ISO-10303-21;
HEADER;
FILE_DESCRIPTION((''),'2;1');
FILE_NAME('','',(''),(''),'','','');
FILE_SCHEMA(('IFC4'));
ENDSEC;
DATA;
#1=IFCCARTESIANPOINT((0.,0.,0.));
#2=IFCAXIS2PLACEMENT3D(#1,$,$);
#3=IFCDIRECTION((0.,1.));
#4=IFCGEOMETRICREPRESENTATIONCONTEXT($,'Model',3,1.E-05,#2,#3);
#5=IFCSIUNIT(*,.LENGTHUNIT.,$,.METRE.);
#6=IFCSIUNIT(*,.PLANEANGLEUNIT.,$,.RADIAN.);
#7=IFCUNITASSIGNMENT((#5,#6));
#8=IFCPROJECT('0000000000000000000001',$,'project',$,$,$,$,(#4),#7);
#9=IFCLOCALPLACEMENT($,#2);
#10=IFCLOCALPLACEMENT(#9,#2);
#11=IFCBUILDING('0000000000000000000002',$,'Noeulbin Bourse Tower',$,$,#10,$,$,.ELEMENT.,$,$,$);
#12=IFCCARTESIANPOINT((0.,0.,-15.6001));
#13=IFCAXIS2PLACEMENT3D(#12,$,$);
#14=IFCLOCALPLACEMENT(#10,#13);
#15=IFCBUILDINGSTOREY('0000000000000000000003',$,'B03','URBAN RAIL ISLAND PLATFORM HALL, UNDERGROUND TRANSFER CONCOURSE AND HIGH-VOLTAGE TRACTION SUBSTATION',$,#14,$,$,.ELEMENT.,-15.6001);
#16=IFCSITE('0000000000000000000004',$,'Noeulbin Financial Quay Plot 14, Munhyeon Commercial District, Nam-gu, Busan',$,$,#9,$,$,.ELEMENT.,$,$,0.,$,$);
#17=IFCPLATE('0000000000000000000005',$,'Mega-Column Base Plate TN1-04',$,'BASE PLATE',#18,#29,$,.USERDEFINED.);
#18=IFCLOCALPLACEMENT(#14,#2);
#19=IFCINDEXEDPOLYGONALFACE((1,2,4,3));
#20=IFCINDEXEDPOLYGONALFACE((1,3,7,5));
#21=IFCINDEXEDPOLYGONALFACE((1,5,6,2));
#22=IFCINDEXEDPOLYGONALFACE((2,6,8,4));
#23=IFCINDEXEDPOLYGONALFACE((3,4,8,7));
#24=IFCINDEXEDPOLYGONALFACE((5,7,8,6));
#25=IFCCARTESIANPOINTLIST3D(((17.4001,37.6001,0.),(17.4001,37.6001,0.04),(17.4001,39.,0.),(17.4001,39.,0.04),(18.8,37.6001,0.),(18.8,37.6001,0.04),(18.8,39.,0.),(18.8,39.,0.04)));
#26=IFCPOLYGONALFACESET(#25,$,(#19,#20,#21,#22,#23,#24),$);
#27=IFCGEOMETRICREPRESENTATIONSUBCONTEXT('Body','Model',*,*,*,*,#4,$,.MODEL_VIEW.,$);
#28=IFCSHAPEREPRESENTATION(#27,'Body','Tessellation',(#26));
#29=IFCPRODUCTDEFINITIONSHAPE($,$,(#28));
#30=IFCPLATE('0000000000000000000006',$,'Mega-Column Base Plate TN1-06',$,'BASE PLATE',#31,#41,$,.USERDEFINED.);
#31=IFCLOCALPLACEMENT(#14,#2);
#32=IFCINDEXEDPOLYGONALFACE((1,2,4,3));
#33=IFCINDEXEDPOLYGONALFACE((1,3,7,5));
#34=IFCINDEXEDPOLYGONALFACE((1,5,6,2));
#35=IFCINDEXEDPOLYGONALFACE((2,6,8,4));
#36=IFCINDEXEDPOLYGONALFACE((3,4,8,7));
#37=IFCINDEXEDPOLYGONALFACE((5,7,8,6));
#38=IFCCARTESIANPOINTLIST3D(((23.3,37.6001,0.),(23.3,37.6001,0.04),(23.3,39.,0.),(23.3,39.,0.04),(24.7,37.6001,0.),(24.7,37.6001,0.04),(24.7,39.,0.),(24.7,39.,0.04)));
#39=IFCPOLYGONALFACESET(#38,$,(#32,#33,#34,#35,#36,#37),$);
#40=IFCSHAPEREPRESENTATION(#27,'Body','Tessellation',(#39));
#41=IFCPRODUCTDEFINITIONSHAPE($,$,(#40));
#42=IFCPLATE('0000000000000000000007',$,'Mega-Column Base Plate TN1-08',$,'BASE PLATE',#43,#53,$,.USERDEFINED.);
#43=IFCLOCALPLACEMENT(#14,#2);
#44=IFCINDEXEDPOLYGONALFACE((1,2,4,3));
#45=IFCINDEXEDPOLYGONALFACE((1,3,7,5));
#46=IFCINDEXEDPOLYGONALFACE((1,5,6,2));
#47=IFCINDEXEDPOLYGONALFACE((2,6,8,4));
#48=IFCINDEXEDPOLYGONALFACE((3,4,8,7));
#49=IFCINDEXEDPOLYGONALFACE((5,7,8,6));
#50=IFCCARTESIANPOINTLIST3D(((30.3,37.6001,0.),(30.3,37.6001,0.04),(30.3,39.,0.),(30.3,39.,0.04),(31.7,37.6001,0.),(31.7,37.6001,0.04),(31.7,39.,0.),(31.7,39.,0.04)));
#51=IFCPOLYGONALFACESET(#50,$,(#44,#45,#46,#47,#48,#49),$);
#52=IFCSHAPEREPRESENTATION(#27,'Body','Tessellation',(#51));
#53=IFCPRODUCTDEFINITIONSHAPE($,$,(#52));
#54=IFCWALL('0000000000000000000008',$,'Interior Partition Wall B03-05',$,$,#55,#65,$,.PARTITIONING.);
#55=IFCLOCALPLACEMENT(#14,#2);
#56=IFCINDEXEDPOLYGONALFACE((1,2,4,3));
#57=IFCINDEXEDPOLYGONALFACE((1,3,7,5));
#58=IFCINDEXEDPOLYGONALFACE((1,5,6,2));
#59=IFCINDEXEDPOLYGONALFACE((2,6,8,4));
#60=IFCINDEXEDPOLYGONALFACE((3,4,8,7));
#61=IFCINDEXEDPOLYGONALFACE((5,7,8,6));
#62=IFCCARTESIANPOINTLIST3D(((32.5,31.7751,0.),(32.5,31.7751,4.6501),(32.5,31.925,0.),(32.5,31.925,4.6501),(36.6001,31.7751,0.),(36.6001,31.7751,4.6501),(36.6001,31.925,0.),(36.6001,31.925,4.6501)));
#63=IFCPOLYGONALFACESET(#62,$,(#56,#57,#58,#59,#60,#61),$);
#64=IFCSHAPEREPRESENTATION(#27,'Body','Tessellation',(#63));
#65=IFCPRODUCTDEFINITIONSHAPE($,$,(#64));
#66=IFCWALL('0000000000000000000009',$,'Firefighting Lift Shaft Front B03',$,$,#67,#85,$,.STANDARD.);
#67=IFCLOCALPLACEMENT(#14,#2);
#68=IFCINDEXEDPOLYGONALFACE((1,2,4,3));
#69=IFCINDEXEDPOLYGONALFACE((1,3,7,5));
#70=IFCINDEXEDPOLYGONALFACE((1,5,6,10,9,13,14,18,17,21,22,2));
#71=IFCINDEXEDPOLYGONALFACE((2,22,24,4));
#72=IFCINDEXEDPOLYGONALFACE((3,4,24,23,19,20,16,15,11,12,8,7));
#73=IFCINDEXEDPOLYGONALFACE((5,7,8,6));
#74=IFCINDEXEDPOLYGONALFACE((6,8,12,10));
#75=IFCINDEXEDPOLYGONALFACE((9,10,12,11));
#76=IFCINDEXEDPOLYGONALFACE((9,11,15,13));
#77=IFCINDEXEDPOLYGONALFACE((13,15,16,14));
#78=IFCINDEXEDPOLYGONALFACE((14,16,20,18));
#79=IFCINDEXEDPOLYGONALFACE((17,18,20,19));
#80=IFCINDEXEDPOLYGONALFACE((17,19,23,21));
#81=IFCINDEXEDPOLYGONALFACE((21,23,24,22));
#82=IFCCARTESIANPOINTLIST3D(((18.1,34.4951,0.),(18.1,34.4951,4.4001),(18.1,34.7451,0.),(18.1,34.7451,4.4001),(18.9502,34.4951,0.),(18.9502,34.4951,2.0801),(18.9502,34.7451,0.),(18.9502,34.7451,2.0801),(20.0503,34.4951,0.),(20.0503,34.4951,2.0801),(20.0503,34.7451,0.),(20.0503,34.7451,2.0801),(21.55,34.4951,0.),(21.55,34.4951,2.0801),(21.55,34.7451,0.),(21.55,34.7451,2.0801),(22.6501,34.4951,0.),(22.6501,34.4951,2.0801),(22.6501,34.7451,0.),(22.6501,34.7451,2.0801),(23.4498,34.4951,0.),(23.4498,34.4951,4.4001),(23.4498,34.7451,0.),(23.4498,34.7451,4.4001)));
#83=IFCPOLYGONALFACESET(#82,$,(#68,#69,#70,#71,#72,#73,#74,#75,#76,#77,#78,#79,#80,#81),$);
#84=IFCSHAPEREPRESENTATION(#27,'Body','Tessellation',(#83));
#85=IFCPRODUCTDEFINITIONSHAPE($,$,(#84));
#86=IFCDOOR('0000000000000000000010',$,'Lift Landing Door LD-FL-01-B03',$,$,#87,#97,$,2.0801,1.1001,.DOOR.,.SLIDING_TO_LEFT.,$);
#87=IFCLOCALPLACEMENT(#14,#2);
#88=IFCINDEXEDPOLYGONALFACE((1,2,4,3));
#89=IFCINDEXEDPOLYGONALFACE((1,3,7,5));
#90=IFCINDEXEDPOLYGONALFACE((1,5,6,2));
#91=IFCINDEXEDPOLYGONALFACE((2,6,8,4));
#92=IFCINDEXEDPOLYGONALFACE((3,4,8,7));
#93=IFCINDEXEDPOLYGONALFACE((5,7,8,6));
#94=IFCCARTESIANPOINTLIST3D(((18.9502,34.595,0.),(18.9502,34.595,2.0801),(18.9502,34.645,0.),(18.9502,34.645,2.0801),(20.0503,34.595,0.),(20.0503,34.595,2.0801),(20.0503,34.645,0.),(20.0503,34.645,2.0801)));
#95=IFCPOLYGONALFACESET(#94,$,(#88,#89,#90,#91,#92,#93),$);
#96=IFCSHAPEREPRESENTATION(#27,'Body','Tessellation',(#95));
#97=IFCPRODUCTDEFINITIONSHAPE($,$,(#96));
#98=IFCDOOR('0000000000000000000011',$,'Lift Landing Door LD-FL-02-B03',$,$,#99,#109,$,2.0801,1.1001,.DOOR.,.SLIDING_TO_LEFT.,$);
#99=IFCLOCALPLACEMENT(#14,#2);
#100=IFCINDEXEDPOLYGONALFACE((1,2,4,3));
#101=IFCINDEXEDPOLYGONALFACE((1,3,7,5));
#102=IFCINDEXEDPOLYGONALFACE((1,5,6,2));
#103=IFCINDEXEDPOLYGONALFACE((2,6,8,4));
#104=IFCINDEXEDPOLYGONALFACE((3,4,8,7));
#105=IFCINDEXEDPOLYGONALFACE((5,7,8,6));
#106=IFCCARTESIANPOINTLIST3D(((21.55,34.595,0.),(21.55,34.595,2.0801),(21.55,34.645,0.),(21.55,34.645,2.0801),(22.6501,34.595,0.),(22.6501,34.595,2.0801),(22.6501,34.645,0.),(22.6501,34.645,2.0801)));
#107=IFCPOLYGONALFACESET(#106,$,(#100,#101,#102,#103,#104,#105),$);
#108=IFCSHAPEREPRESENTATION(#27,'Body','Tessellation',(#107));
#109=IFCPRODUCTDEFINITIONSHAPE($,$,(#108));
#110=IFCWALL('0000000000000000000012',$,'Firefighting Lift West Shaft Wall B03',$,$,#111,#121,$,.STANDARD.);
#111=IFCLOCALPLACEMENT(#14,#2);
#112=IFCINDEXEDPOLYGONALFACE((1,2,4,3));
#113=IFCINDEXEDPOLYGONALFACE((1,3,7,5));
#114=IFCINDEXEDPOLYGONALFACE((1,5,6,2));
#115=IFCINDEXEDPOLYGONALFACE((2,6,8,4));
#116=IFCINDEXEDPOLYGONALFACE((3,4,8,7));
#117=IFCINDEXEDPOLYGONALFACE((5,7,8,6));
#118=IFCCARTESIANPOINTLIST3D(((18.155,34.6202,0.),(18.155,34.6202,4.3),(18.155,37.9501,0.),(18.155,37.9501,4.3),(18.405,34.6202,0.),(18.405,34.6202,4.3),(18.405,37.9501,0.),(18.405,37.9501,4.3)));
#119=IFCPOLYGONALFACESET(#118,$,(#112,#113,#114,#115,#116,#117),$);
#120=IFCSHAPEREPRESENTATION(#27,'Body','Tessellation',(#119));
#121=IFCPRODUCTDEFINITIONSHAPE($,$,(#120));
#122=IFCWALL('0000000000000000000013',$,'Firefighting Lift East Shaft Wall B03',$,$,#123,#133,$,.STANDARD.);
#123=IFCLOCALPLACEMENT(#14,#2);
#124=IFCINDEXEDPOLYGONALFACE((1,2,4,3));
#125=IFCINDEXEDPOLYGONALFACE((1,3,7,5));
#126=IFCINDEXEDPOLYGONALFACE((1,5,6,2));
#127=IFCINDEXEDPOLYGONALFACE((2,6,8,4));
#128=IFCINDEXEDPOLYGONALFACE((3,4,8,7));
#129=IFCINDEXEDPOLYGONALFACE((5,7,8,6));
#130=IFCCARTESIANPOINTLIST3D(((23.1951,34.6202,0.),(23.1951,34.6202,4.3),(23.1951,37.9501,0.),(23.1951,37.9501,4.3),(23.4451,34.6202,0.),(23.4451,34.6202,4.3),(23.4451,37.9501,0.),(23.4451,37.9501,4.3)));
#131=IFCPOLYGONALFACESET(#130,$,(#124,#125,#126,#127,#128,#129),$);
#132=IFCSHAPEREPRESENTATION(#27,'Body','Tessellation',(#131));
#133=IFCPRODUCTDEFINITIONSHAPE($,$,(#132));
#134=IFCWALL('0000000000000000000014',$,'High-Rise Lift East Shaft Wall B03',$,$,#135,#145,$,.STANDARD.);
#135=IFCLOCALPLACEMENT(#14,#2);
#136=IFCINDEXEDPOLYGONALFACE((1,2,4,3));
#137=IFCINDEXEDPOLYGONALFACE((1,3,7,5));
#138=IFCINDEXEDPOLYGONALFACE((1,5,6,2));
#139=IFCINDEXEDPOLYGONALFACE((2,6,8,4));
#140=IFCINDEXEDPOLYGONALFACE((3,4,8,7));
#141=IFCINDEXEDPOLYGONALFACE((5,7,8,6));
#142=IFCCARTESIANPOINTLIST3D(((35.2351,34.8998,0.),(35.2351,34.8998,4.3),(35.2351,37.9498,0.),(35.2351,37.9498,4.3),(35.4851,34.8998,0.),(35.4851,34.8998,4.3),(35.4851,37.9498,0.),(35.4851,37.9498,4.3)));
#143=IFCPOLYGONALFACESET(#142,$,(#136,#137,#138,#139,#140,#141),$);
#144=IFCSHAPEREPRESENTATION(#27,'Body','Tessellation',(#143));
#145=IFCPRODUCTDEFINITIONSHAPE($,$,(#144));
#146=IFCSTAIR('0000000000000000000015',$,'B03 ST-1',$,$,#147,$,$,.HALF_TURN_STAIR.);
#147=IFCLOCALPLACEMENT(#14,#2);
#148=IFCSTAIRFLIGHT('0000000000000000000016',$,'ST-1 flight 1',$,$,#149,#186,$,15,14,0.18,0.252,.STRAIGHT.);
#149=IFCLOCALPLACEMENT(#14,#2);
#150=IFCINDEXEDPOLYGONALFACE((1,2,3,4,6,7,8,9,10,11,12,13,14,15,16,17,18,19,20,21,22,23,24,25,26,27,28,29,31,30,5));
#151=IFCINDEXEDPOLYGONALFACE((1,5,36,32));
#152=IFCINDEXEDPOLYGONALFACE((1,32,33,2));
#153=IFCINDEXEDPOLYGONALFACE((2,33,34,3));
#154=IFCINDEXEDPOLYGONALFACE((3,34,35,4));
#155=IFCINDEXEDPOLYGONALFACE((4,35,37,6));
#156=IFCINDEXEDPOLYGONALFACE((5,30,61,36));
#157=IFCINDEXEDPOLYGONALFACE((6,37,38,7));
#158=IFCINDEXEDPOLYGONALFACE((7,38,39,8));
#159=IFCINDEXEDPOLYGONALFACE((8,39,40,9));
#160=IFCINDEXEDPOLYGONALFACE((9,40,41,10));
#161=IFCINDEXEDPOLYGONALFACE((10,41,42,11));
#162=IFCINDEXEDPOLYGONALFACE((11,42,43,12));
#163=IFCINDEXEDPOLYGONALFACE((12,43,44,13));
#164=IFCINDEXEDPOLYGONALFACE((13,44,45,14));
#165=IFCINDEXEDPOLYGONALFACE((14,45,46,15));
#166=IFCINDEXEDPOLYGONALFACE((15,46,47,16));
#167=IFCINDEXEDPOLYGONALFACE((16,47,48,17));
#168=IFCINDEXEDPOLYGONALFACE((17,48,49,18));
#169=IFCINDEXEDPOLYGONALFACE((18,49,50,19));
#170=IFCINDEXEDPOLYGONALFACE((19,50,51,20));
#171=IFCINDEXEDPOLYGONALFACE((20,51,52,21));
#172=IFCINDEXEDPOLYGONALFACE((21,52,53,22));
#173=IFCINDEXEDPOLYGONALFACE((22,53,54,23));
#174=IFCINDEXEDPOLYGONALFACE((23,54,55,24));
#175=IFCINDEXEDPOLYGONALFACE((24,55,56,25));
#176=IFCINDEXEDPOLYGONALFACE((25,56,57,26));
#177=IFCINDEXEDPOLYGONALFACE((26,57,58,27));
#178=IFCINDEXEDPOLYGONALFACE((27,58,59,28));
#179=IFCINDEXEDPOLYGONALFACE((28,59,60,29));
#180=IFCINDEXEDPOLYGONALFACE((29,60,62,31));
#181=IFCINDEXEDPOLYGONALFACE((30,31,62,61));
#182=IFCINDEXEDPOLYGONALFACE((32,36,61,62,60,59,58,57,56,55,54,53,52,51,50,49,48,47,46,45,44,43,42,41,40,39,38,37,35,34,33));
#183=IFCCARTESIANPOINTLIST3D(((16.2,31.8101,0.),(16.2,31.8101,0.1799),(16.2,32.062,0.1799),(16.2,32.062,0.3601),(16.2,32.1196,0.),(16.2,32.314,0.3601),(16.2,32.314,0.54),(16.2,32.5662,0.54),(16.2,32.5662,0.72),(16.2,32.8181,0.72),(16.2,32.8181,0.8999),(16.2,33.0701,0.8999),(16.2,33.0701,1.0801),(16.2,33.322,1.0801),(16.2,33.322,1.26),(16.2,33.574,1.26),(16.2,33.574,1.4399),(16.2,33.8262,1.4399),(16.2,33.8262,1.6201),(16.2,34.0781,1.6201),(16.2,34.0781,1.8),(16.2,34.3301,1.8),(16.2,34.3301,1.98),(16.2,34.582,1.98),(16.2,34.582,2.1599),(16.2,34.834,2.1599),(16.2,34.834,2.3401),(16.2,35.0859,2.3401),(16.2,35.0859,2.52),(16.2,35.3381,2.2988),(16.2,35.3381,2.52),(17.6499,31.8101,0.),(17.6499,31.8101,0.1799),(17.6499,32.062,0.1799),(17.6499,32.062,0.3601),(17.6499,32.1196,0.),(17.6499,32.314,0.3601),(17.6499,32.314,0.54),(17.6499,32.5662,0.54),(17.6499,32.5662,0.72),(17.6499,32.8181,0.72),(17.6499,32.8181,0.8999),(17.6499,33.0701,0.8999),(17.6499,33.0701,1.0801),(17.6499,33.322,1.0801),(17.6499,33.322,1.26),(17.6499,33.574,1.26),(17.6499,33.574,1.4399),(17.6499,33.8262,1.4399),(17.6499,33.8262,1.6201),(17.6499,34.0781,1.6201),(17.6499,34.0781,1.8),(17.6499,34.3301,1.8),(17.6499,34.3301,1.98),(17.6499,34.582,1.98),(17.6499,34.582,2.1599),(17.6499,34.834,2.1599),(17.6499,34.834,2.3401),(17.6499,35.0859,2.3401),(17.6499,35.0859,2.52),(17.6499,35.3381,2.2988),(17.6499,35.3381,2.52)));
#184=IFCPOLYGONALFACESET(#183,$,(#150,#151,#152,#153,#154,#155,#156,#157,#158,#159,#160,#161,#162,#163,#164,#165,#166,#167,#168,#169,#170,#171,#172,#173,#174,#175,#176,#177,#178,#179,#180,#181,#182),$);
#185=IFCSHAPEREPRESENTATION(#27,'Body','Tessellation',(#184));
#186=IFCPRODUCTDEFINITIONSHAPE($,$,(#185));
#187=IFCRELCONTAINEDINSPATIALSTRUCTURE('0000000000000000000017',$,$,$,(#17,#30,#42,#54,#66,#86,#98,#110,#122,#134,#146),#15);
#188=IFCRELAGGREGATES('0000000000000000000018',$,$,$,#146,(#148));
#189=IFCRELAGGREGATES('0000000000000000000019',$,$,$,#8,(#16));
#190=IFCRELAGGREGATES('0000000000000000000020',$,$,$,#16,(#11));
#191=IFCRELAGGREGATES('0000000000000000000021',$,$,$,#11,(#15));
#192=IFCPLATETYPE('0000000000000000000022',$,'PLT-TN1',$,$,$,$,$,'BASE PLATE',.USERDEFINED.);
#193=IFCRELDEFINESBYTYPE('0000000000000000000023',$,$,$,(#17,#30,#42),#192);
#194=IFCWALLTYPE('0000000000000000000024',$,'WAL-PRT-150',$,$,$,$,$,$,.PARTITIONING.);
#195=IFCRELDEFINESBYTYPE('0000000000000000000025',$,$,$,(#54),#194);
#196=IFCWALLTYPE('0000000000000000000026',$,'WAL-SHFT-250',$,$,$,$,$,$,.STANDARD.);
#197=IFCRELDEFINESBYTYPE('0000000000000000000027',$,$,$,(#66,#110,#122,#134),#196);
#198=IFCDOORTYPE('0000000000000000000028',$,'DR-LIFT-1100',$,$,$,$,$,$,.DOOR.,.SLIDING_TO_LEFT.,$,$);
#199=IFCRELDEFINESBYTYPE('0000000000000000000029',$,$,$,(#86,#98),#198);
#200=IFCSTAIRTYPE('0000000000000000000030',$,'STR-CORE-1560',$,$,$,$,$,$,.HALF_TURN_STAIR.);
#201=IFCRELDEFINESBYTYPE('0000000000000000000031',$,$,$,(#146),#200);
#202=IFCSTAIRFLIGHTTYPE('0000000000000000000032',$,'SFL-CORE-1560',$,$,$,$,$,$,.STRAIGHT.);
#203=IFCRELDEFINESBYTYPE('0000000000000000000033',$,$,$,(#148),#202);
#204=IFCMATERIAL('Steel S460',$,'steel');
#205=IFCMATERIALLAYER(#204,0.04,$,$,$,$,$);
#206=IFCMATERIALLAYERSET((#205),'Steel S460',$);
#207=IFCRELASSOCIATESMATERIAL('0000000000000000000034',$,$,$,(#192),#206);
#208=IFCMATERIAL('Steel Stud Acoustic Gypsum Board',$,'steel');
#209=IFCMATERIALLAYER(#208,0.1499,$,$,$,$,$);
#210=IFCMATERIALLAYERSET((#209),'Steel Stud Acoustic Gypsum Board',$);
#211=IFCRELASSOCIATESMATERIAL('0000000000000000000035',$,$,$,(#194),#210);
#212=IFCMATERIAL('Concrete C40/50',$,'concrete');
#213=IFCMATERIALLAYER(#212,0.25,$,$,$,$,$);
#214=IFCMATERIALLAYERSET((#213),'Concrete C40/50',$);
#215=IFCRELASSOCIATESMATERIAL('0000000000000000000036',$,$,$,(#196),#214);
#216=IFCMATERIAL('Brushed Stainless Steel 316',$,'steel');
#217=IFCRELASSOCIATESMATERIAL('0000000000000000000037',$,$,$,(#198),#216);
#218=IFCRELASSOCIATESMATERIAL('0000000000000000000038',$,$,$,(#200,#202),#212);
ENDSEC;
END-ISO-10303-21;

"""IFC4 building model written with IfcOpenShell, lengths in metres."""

from ifc_helpers import new_model, si_unit, direction, frame, frame_2d, origin, origin_2d, place, context, subcontext, project, spatial, polyline, rectangle, outline, extrude, material, layer, layer_set, type_object, element, fill, aggregate, save


model = new_model("IFC4")

# Units and contexts
model_context = context("Model", 3, precision=1e-05, world=origin(), true_north=direction((0.0, 1.0)))
body_context = subcontext(model_context, "Body", "Model", "MODEL_VIEW")
ifc_project = project(units=[si_unit("LENGTHUNIT", "METRE"), si_unit("PLANEANGLEUNIT", "RADIAN")], contexts=[model_context])

# Site, building, storey
site_placement = place(None, origin())
site = spatial("IfcSite", under=ifc_project, at=site_placement, Name="Noeulbin Financial Quay Plot 14, Munhyeon Commercial District, Nam-gu, Busan", CompositionType="ELEMENT", RefElevation=0.0)
building_placement = place(site_placement, origin())
building = spatial("IfcBuilding", under=site, at=building_placement, Name="Noeulbin Bourse Tower", CompositionType="ELEMENT")
storey_placement = place(building_placement, frame((0.0, 0.0, -15.6001)))
storey = spatial("IfcBuildingStorey", under=building, at=storey_placement, Name="B03", Description="URBAN RAIL ISLAND PLATFORM HALL, UNDERGROUND TRANSFER CONCOURSE AND HIGH-VOLTAGE TRACTION SUBSTATION", CompositionType="ELEMENT", Elevation=-15.6001)

# Shared definitions
ifc_material_1 = material(Name="Steel S460", Category="steel")

# Plates
ifc_layer_1 = layer(ifc_material_1, 0.04)
ifc_layer_set_1 = layer_set([ifc_layer_1], Name="Steel S460")
plate_type = type_object("IfcPlateType", Name="PLT-TN1", ElementType="BASE PLATE", PredefinedType="USERDEFINED", material=ifc_layer_set_1)
for number, where, z_axis, x_axis, name in (
    (1, (18.1001, 38.3, 0.0), (0.0, 0.0, 1.0), (1.0, 0.0, 0.0), "Mega-Column Base Plate TN1-04"),
    (2, (24.0, 38.3, 0.0), (0.0, 0.0, 1.0), (1.0, 0.0, 0.0), "Mega-Column Base Plate TN1-06"),
    (3, (31.0, 38.3, 0.0), (0.0, 0.0, 1.0), (1.0, 0.0, 0.0), "Mega-Column Base Plate TN1-08"),
):
    element("IfcPlate", number, at=place(storey_placement, frame(where, z_axis=z_axis, x_axis=x_axis)), inside=storey, type_object=plate_type, Name=name, ObjectType="BASE PLATE", PredefinedType="USERDEFINED", context=body_context, shape_type="SweptSolid", body=[
        extrude(rectangle(XDim=1.3999, YDim=1.3999, at=origin_2d()), origin(), (0.0, 0.0, 1.0), 0.04),
    ])

# Wall
ifc_material_2 = material(Name="Steel Stud Acoustic Gypsum Board", Category="steel")
ifc_layer_2 = layer(ifc_material_2, 0.1499)
ifc_layer_set_2 = layer_set([ifc_layer_2], Name="Steel Stud Acoustic Gypsum Board")
wall_type_1 = type_object("IfcWallType", Name="WAL-PRT-150", PredefinedType="PARTITIONING", material=ifc_layer_set_2)
wall_1_placement = place(storey_placement, frame((32.5, 31.8501, 0.0), z_axis=(0.0, 0.0, 1.0), x_axis=(1.0, 0.0, 0.0)))
element("IfcWall", 4, at=wall_1_placement, inside=storey, type_object=wall_type_1, Name="Interior Partition Wall B03-05", PredefinedType="PARTITIONING", context=body_context, shape_type="SweptSolid", body=[
    extrude(rectangle(XDim=4.1001, YDim=0.1499, at=frame_2d((2.05, 0.0))), origin(), (0.0, 0.0, 1.0), 4.6501),
])

# Wall, openings, doors
ifc_material_3 = material(Name="Concrete C40/50", Category="concrete")
ifc_layer_3 = layer(ifc_material_3, 0.25)
ifc_layer_set_3 = layer_set([ifc_layer_3], Name="Concrete C40/50")
wall_type_2 = type_object("IfcWallType", Name="WAL-SHFT-250", PredefinedType="STANDARD", material=ifc_layer_set_3)
wall_2_placement = place(storey_placement, frame((18.1001, 34.6201, 0.0), z_axis=(0.0, 0.0, 1.0), x_axis=(1.0, 0.0, 0.0)))
wall_2 = element("IfcWall", 5, at=wall_2_placement, inside=storey, type_object=wall_type_2, Name="Firefighting Lift Shaft Front B03", PredefinedType="STANDARD", context=body_context, shape_type="SweptSolid", body=[
    extrude(rectangle(XDim=5.3499, YDim=0.25, at=frame_2d((2.6748, 0.0))), origin(), (0.0, 0.0, 1.0), 4.4001),
])
opening_1_placement = place(wall_2_placement, frame((0.8501, 0.0, 0.0)))
opening_1 = element("IfcOpeningElement", 6, at=opening_1_placement, cuts=wall_2, PredefinedType="OPENING", context=body_context, shape_type="SweptSolid", body=[
    extrude(rectangle(XDim=1.1001, YDim=2.0801, at=frame_2d((0.55, 1.04))), frame((0.0, 0.135, 0.0), z_axis=(0.0, -1.0, 0.0), x_axis=(1.0, 0.0, 0.0)), (0.0, 0.0, 1.0), 0.27),
])
opening_2_placement = place(wall_2_placement, frame((3.45, 0.0, 0.0)))
opening_2 = element("IfcOpeningElement", 7, at=opening_2_placement, cuts=wall_2, PredefinedType="OPENING", context=body_context, shape_type="SweptSolid", body=[
    extrude(rectangle(XDim=1.1001, YDim=2.0801, at=frame_2d((0.55, 1.04))), frame((0.0, 0.135, 0.0), z_axis=(0.0, -1.0, 0.0), x_axis=(1.0, 0.0, 0.0)), (0.0, 0.0, 1.0), 0.27),
])
ifc_material_4 = material(Name="Brushed Stainless Steel 316", Category="steel")
door_type = type_object("IfcDoorType", Name="DR-LIFT-1100", OperationType="SLIDING_TO_LEFT", PredefinedType="DOOR", material=ifc_material_4)
door_1_placement = place(opening_1_placement, origin())
door_1 = element("IfcDoor", 8, at=door_1_placement, inside=storey, type_object=door_type, Name="Lift Landing Door LD-FL-01-B03", OperationType="SLIDING_TO_LEFT", OverallHeight=2.0801, OverallWidth=1.1001, PredefinedType="DOOR", context=body_context, shape_type="SweptSolid", body=[
    extrude(rectangle(XDim=1.1001, YDim=2.0801, at=frame_2d((0.55, 1.04))), frame((0.0, 0.0249, 0.0), z_axis=(0.0, -1.0, 0.0), x_axis=(1.0, 0.0, 0.0)), (0.0, 0.0, 1.0), 0.05),
])
fill(opening_1, door_1)
door_2_placement = place(opening_2_placement, origin())
door_2 = element("IfcDoor", 9, at=door_2_placement, inside=storey, type_object=door_type, Name="Lift Landing Door LD-FL-02-B03", OperationType="SLIDING_TO_LEFT", OverallHeight=2.0801, OverallWidth=1.1001, PredefinedType="DOOR", context=body_context, shape_type="SweptSolid", body=[
    extrude(rectangle(XDim=1.1001, YDim=2.0801, at=frame_2d((0.55, 1.04))), frame((0.0, 0.0249, 0.0), z_axis=(0.0, -1.0, 0.0), x_axis=(1.0, 0.0, 0.0)), (0.0, 0.0, 1.0), 0.05),
])
fill(opening_2, door_2)

# Walls
for number, where, z_axis, x_axis, name in (
    (10, (18.28, 34.6201, 0.0), (0.0, 0.0, 1.0), (0.0, 1.0, 0.0), "Firefighting Lift West Shaft Wall B03"),
    (11, (23.3201, 34.6201, 0.0), (0.0, 0.0, 1.0), (0.0, 1.0, 0.0), "Firefighting Lift East Shaft Wall B03"),
):
    element("IfcWall", number, at=place(storey_placement, frame(where, z_axis=z_axis, x_axis=x_axis)), inside=storey, type_object=wall_type_2, Name=name, PredefinedType="STANDARD", context=body_context, shape_type="SweptSolid", body=[
        extrude(rectangle(XDim=3.3298, YDim=0.25, at=frame_2d((1.665, 0.0))), origin(), (0.0, 0.0, 1.0), 4.3),
    ])
wall_3_placement = place(storey_placement, frame((35.3601, 34.8999, 0.0), z_axis=(0.0, 0.0, 1.0), x_axis=(0.0, 1.0, 0.0)))
element("IfcWall", 12, at=wall_3_placement, inside=storey, type_object=wall_type_2, Name="High-Rise Lift East Shaft Wall B03", PredefinedType="STANDARD", context=body_context, shape_type="SweptSolid", body=[
    extrude(rectangle(XDim=3.05, YDim=0.25, at=frame_2d((1.5249, 0.0))), origin(), (0.0, 0.0, 1.0), 4.3),
])

# Stair, stair flight
stair_type = type_object("IfcStairType", Name="STR-CORE-1560", PredefinedType="HALF_TURN_STAIR", material=ifc_material_3)
stair_placement = place(storey_placement, origin())
stair = element("IfcStair", 13, at=stair_placement, inside=storey, type_object=stair_type, Name="B03 ST-1", PredefinedType="HALF_TURN_STAIR")
stair_flight_type = type_object("IfcStairFlightType", Name="SFL-CORE-1560", PredefinedType="STRAIGHT", material=ifc_material_3)
stair_flight_placement = place(storey_placement, frame((16.925, 31.8101, 0.0), z_axis=(0.0, 0.0, 1.0), x_axis=(0.0, 1.0, 0.0)))
stair_flight = element("IfcStairFlight", 14, at=stair_flight_placement, type_object=stair_flight_type, Name="ST-1 flight 1", NumberOfRisers=15, NumberOfTreads=14, PredefinedType="STRAIGHT", RiserHeight=0.18, TreadLength=0.252, context=body_context, shape_type="SweptSolid", body=[
    extrude(outline(polyline([(0.0, 0.0), (0.0, 0.1799), (0.252, 0.1799), (0.252, 0.3601), (0.5039, 0.3601), (0.5039, 0.54), (0.7561, 0.54), (0.7561, 0.72), (1.0081, 0.72), (1.0081, 0.8999), (1.26, 0.8999), (1.26, 1.0801), (1.512, 1.0801), (1.512, 1.26), (1.7639, 1.26), (1.7639, 1.4399), (2.0161, 1.4399), (2.0161, 1.6201), (2.2681, 1.6201), (2.2681, 1.8), (2.52, 1.8), (2.52, 1.98), (2.772, 1.98), (2.772, 2.1599), (3.0239, 2.1599), (3.0239, 2.3401), (3.2759, 2.3401), (3.2759, 2.52), (3.5281, 2.52), (3.5281, 2.7), (3.5281, 2.2988), (0.3096, 0.0), (0.0, 0.0)])), frame((0.0, 0.7251, 0.0), z_axis=(0.0, -1.0, 0.0), x_axis=(1.0, 0.0, 0.0)), (0.0, 0.0, 1.0), 1.45),
])
aggregate(stair, [stair_flight])

save(model, "model.ifc")
